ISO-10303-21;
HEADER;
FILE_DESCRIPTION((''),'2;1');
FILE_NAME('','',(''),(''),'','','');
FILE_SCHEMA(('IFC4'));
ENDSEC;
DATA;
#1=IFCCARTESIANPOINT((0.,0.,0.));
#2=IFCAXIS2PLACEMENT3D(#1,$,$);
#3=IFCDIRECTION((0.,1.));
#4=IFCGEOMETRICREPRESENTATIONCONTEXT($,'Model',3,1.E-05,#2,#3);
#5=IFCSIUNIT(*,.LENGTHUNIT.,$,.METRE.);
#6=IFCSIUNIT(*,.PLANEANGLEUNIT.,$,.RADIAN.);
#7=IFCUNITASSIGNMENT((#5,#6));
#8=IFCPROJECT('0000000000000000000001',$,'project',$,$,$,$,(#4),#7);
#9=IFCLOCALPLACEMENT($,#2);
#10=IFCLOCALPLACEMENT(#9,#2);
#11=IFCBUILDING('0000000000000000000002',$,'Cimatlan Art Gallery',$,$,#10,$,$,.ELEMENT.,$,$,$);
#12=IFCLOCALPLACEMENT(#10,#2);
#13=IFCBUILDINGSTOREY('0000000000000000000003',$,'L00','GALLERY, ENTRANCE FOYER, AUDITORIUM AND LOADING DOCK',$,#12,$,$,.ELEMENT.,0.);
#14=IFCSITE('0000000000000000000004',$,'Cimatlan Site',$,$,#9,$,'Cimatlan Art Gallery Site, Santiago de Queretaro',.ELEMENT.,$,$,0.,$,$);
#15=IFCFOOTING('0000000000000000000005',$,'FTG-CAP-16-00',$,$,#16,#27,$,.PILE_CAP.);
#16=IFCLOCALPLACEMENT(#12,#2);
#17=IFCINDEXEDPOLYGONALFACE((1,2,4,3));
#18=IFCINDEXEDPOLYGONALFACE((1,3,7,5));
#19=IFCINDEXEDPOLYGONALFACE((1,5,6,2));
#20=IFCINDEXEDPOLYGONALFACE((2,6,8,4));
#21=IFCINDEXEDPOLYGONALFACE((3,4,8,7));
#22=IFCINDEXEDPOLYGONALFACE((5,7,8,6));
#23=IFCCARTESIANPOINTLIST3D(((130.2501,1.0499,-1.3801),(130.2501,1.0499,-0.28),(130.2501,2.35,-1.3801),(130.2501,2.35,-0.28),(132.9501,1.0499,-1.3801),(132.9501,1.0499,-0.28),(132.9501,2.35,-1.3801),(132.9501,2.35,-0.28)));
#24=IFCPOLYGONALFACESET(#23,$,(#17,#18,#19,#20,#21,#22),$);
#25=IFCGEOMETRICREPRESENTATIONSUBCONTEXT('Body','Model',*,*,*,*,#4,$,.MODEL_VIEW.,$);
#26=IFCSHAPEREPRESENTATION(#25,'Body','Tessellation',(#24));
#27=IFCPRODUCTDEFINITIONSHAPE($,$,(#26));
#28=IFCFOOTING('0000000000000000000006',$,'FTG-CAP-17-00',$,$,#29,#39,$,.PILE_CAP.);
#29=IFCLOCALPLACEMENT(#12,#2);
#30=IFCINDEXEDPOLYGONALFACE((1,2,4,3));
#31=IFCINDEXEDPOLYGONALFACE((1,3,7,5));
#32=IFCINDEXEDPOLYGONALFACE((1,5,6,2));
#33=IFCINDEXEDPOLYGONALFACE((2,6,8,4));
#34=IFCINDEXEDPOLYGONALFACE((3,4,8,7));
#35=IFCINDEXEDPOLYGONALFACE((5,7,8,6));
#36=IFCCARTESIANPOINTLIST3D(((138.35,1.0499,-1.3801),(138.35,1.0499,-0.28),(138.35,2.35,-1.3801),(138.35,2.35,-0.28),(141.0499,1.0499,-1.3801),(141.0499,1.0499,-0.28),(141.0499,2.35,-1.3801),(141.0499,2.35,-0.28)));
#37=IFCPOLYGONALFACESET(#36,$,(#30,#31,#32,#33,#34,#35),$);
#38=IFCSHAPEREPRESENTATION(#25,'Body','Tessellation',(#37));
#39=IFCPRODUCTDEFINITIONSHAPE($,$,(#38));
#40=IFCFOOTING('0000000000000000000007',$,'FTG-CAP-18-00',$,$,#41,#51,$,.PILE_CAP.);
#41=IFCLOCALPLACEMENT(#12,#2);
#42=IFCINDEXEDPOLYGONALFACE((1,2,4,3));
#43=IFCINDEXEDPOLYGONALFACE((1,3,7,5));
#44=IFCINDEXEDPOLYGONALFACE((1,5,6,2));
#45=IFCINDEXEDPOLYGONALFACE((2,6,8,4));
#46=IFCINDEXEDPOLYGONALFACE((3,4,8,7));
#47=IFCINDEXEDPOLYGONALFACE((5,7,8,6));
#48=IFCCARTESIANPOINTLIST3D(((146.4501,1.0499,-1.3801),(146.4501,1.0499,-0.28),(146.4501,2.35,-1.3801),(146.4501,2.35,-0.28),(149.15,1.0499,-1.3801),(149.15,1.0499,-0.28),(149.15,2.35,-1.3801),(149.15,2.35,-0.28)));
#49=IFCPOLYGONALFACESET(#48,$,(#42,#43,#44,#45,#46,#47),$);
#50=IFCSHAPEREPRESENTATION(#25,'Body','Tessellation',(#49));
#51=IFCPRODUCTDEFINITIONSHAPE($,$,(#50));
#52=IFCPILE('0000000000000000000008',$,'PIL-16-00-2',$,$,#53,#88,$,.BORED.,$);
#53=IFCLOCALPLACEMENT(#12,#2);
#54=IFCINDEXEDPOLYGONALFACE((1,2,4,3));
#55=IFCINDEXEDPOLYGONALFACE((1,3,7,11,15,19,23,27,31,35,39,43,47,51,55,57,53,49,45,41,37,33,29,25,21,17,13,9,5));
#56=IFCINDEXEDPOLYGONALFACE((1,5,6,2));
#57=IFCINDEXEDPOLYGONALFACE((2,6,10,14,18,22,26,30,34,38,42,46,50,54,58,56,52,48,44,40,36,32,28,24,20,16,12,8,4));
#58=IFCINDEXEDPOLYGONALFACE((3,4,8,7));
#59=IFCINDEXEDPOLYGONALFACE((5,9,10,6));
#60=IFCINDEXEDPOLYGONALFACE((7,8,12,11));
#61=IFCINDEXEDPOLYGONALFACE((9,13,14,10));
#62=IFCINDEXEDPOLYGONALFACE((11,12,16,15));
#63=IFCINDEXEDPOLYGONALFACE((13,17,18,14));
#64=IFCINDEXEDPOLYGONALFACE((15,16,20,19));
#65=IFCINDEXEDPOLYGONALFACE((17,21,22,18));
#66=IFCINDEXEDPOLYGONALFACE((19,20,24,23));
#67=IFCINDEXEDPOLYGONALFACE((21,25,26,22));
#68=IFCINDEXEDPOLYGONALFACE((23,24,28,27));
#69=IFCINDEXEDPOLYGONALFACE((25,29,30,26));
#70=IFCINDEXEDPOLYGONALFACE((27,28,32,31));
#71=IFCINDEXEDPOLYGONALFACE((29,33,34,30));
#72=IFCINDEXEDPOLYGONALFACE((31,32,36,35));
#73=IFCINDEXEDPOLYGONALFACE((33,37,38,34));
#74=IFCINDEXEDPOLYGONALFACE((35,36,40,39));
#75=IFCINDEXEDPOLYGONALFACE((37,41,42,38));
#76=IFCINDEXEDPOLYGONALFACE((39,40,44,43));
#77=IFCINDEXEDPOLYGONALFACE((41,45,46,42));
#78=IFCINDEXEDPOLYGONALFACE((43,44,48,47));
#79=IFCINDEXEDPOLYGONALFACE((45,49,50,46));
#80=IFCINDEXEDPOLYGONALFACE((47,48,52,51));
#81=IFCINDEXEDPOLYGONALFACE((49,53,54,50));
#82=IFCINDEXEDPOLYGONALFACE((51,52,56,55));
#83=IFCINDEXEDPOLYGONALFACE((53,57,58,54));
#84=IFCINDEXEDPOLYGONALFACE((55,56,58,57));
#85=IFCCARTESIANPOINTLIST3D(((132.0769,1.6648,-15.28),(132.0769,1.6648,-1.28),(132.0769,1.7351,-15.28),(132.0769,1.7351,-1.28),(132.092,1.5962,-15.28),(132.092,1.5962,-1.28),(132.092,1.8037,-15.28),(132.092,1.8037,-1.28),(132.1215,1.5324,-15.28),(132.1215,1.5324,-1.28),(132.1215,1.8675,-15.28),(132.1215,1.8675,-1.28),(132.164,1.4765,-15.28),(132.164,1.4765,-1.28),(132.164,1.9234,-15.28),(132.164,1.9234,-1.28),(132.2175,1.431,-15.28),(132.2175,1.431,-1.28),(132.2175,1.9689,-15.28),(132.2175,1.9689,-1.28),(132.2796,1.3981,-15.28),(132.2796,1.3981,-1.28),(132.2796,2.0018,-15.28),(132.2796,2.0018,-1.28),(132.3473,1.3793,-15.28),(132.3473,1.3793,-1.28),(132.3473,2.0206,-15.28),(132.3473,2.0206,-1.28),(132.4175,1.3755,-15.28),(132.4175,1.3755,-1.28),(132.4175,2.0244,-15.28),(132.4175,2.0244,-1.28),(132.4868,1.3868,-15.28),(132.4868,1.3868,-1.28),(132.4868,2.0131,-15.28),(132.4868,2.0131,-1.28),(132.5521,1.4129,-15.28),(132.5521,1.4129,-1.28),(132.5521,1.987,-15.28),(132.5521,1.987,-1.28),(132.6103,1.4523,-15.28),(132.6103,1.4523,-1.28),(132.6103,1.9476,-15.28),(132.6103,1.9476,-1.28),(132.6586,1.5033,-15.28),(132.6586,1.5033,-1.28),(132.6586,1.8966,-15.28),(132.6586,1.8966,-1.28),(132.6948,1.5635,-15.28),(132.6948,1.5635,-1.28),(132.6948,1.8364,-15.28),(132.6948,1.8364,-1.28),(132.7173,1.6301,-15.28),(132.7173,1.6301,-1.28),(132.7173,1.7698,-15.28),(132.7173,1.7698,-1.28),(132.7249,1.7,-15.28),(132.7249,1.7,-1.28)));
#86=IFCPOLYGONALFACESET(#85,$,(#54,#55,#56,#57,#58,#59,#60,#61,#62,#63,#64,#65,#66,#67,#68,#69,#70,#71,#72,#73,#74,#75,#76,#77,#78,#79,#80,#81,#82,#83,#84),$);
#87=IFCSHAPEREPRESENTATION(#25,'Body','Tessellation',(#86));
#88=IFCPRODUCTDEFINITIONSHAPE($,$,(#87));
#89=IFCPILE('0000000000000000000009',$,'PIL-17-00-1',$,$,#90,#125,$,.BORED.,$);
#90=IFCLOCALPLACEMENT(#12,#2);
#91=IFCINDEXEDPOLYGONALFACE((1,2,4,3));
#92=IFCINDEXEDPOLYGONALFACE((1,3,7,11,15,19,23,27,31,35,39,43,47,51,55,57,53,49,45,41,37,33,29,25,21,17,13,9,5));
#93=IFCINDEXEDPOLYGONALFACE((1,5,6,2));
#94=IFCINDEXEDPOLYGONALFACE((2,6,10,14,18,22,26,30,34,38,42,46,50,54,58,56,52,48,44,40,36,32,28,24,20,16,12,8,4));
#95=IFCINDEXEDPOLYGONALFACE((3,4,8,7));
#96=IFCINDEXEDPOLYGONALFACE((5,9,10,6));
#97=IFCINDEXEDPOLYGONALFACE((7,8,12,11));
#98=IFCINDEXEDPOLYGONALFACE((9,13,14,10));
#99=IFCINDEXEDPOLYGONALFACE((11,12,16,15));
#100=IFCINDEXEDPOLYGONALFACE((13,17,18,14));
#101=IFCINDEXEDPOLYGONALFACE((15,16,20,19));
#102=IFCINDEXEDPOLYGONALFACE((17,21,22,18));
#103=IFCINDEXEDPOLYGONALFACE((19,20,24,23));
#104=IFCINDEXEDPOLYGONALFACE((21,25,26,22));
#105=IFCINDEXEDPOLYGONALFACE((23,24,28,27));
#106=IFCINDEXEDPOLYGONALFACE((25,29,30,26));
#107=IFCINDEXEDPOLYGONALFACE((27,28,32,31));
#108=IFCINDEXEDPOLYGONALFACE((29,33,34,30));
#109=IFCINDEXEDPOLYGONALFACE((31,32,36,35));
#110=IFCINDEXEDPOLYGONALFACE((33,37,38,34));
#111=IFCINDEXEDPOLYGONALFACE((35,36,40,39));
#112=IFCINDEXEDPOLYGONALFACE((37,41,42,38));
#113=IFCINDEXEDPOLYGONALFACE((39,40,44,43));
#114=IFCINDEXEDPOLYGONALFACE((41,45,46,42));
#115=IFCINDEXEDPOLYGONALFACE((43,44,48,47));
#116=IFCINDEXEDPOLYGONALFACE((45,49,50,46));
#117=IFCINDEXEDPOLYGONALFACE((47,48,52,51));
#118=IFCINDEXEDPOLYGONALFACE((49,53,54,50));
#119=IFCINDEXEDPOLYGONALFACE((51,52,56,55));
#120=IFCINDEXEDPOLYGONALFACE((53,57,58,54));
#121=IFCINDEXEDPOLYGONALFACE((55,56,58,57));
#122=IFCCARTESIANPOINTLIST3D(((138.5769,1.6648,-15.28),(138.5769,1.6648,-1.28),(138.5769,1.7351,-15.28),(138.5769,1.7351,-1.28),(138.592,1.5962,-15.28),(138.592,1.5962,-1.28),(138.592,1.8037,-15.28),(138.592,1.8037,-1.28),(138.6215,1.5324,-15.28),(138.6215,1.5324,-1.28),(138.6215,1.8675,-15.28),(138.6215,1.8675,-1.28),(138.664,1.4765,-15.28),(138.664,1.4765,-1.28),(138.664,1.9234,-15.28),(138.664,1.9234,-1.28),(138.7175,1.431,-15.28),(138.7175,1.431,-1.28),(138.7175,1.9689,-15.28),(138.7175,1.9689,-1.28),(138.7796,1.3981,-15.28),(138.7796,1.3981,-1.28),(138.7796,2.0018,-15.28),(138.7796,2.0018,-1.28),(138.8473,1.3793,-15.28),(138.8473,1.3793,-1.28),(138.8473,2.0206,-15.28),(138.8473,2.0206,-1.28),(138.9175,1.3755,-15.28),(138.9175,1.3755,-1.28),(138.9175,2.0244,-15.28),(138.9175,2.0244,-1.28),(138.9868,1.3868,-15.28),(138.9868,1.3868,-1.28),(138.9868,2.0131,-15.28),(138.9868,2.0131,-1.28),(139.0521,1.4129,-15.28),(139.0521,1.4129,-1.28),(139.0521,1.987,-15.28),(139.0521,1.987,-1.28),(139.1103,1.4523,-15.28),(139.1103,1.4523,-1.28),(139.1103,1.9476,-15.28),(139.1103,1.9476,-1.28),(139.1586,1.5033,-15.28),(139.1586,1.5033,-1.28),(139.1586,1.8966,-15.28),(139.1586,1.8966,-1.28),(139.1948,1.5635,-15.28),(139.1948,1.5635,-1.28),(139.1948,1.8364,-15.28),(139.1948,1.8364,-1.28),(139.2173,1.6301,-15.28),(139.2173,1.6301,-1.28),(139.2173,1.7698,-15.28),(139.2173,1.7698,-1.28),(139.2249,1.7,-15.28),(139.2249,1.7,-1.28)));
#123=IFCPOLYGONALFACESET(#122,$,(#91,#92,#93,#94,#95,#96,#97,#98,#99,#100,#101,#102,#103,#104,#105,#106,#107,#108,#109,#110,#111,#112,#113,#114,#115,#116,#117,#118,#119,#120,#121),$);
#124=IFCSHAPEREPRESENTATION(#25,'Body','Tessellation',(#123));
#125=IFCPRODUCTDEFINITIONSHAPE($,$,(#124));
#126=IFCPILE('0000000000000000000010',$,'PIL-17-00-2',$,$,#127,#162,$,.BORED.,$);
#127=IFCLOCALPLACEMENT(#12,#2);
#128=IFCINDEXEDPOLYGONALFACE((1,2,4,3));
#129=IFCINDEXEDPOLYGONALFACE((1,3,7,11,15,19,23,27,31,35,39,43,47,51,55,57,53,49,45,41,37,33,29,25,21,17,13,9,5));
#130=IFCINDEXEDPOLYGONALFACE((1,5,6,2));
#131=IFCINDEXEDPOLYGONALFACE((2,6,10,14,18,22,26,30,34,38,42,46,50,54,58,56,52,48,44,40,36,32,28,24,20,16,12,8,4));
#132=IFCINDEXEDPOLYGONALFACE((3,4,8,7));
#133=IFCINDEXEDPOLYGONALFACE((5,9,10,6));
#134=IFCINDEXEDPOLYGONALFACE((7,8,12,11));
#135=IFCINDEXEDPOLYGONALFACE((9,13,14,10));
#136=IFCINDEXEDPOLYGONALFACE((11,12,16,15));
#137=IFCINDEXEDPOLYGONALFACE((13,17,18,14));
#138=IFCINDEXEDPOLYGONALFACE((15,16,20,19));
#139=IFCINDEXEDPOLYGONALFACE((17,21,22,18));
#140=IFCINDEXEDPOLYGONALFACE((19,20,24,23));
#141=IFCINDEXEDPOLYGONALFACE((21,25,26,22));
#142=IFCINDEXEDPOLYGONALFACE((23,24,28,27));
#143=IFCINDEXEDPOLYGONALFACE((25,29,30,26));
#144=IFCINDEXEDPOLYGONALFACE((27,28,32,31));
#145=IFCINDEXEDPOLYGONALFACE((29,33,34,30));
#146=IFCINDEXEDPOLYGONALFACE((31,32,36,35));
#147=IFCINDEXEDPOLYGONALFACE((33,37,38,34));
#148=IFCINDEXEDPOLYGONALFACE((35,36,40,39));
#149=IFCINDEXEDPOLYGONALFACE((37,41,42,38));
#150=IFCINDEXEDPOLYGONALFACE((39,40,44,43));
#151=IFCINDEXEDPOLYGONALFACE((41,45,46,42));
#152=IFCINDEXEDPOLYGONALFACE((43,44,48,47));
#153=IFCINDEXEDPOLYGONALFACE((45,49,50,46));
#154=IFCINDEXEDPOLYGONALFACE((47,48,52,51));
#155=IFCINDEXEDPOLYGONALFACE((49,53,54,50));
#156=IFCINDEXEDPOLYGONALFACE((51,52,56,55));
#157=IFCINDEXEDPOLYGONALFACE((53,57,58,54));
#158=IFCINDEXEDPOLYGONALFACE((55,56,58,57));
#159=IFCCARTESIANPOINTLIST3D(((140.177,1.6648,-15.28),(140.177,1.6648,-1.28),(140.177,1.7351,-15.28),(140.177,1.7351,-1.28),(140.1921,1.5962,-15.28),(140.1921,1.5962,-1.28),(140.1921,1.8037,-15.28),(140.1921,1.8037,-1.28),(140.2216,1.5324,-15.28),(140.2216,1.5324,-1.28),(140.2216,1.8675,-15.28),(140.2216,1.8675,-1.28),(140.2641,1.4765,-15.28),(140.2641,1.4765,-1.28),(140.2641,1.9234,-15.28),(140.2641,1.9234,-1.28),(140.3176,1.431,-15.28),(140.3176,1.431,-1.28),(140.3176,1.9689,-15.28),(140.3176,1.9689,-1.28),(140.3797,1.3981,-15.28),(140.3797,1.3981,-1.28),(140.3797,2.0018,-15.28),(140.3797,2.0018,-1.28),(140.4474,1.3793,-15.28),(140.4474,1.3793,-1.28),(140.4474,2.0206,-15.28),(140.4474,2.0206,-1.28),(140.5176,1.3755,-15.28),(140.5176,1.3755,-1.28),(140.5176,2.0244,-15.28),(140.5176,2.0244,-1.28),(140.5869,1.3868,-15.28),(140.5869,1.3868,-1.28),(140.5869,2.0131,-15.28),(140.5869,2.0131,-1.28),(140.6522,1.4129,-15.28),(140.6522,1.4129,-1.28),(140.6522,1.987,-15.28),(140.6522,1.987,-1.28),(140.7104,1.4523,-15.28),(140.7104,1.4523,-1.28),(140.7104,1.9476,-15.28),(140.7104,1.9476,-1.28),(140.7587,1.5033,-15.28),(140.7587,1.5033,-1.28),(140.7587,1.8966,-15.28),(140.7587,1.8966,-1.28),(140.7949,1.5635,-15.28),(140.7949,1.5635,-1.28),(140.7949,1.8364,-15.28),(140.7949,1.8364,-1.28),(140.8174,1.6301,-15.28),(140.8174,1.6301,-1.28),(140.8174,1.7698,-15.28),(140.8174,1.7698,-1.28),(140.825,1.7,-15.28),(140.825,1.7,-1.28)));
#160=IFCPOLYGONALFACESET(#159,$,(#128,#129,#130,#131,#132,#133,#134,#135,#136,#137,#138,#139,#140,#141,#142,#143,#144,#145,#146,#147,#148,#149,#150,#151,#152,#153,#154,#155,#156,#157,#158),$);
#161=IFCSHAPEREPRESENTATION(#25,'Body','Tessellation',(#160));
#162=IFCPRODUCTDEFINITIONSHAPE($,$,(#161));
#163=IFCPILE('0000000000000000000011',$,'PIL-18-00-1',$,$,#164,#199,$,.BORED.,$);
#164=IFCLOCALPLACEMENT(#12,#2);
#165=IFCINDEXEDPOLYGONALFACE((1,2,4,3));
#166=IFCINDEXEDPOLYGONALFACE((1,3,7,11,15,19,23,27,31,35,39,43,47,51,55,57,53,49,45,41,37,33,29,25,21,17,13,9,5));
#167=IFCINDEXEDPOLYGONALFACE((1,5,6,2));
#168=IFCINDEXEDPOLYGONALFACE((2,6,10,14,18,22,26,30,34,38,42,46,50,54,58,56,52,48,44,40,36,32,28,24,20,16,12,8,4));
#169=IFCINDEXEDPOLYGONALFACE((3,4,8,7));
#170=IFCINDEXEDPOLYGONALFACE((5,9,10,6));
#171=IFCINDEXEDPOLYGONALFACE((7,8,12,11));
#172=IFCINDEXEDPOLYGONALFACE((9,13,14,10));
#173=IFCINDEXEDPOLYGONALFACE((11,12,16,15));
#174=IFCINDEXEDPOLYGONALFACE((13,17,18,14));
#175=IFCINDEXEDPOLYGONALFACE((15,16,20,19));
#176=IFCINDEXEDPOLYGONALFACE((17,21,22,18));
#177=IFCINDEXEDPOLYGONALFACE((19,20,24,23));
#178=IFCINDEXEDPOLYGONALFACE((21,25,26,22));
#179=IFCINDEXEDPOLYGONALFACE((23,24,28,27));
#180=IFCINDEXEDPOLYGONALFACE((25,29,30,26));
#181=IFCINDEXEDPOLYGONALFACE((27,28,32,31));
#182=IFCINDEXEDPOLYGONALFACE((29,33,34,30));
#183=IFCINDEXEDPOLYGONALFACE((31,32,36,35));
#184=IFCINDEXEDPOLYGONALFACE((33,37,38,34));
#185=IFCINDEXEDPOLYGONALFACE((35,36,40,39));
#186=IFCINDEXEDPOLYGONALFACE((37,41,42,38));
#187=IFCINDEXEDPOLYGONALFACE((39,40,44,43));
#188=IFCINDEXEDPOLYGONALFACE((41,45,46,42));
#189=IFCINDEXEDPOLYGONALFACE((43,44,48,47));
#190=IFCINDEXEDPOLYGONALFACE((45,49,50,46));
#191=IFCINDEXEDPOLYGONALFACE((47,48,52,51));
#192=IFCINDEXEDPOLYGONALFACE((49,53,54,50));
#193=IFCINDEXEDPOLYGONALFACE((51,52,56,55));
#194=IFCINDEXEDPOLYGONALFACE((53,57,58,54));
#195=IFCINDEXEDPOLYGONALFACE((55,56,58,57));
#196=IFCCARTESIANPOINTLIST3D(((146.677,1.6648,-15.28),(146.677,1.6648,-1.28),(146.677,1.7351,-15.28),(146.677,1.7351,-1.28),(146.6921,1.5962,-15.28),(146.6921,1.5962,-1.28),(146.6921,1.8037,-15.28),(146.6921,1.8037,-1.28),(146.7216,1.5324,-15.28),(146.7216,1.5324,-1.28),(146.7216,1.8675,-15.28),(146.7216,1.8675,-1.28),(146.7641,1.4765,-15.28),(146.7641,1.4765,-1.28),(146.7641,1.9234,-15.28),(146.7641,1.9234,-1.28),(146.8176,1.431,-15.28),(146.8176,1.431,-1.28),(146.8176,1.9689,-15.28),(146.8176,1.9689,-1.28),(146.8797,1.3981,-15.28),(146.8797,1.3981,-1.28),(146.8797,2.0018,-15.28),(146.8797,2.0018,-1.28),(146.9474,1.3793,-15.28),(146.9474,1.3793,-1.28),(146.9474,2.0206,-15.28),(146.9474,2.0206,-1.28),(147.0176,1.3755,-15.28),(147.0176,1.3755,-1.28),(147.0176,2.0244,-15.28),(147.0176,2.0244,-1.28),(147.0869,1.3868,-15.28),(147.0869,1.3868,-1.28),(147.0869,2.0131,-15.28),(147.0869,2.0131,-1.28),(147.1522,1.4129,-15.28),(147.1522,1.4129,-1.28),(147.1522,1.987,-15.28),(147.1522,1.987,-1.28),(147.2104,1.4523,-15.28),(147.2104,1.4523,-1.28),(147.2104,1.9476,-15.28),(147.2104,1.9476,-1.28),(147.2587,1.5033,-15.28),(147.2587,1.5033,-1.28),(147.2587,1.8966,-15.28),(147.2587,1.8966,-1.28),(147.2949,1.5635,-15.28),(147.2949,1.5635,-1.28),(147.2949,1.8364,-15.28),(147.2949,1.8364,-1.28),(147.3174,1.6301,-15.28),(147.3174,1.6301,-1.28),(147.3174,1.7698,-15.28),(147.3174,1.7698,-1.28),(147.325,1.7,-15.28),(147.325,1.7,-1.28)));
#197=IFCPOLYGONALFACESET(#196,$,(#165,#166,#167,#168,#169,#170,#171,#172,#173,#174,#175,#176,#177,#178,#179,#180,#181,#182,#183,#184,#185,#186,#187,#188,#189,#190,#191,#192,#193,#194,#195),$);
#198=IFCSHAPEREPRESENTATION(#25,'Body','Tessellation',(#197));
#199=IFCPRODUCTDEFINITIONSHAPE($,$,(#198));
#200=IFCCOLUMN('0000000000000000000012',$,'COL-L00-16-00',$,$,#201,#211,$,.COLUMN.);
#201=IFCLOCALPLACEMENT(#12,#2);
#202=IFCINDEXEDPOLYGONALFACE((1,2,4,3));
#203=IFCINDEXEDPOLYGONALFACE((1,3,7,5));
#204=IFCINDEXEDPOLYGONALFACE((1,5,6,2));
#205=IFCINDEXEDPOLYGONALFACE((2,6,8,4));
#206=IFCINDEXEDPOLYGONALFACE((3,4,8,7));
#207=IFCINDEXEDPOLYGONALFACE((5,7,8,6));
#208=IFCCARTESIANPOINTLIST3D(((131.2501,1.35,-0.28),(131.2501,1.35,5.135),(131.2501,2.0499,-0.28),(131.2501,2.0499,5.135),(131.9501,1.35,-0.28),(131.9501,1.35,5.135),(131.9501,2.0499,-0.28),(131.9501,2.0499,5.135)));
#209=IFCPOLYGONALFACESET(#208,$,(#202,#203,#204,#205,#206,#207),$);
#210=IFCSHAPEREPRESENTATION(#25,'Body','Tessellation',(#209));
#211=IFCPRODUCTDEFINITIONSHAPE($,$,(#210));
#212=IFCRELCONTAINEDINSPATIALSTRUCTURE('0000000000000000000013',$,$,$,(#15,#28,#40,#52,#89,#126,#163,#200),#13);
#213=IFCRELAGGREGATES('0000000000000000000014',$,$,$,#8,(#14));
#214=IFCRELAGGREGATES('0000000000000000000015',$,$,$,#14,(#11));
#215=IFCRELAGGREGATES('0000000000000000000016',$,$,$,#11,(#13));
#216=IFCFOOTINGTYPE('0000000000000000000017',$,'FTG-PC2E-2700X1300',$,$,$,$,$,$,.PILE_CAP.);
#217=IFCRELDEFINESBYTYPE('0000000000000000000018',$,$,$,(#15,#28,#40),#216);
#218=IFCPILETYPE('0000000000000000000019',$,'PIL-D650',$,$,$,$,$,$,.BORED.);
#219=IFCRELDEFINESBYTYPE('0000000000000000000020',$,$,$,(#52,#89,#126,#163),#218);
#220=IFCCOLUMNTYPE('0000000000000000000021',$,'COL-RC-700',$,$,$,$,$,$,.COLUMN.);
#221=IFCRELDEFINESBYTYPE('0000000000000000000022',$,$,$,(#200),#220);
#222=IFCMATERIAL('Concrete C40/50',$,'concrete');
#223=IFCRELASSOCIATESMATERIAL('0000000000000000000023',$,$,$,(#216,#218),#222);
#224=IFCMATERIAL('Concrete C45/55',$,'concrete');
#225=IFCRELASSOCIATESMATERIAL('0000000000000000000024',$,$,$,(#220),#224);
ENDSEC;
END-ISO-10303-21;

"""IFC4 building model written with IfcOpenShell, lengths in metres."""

from ifc_helpers import new_model, si_unit, direction, frame, origin, origin_2d, place, context, subcontext, project, spatial, rectangle, circle, extrude, material, material_profile, profile_set, type_object, element, save


model = new_model("IFC4")

# Units and contexts
model_context = context("Model", 3, precision=1e-05, world=origin(), true_north=direction((0.0, 1.0)))
body_context = subcontext(model_context, "Body", "Model", "MODEL_VIEW")
ifc_project = project(units=[si_unit("LENGTHUNIT", "METRE"), si_unit("PLANEANGLEUNIT", "RADIAN")], contexts=[model_context])

# Site, building, storey
site_placement = place(None, origin())
site = spatial("IfcSite", under=ifc_project, at=site_placement, Name="Cimatlan Site", LongName="Cimatlan Art Gallery Site, Santiago de Queretaro", CompositionType="ELEMENT", RefElevation=0.0)
building_placement = place(site_placement, origin())
building = spatial("IfcBuilding", under=site, at=building_placement, Name="Cimatlan Art Gallery", CompositionType="ELEMENT")
storey_placement = place(building_placement, origin())
storey = spatial("IfcBuildingStorey", under=building, at=storey_placement, Name="L00", Description="GALLERY, ENTRANCE FOYER, AUDITORIUM AND LOADING DOCK", CompositionType="ELEMENT", Elevation=0.0)

# Footings
ifc_material_1 = material(Name="Concrete C40/50", Category="concrete")
footing_type = type_object("IfcFootingType", Name="FTG-PC2E-2700X1300", PredefinedType="PILE_CAP", material=ifc_material_1)
for number, where, z_axis, x_axis, name in (
    (1, (131.6001, 1.7, -1.3801), (0.0, 0.0, 1.0), (1.0, 0.0, 0.0), "FTG-CAP-16-00"),
    (2, (139.7, 1.7, -1.3801), (0.0, 0.0, 1.0), (1.0, 0.0, 0.0), "FTG-CAP-17-00"),
    (3, (147.8, 1.7, -1.3801), (0.0, 0.0, 1.0), (1.0, 0.0, 0.0), "FTG-CAP-18-00"),
):
    element("IfcFooting", number, at=place(storey_placement, frame(where, z_axis=z_axis, x_axis=x_axis)), inside=storey, type_object=footing_type, Name=name, PredefinedType="PILE_CAP", context=body_context, shape_type="SweptSolid", body=[
        extrude(rectangle(XDim=2.7, YDim=1.3, at=origin_2d()), origin(), (0.0, 0.0, 1.0), 1.1001),
    ])

# Piles
pile_type = type_object("IfcPileType", Name="PIL-D650", PredefinedType="BORED", material=ifc_material_1)
for number, where, z_axis, x_axis, name in (
    (4, (132.3999, 1.7, -1.28), (0.0, 0.0, -1.0), (1.0, 0.0, 0.0), "PIL-16-00-2"),
    (5, (138.8999, 1.7, -1.28), (0.0, 0.0, -1.0), (1.0, 0.0, 0.0), "PIL-17-00-1"),
    (6, (140.5, 1.7, -1.28), (0.0, 0.0, -1.0), (1.0, 0.0, 0.0), "PIL-17-00-2"),
    (7, (147.0, 1.7, -1.28), (0.0, 0.0, -1.0), (1.0, 0.0, 0.0), "PIL-18-00-1"),
):
    element("IfcPile", number, at=place(storey_placement, frame(where, z_axis=z_axis, x_axis=x_axis)), inside=storey, type_object=pile_type, Name=name, PredefinedType="BORED", context=body_context, shape_type="SweptSolid", body=[
        extrude(circle(Radius=0.325, at=origin_2d()), origin(), (0.0, 0.0, 1.0), 14.0),
    ])

# Column
ifc_material_2 = material(Name="Concrete C45/55", Category="concrete")
ifc_material_profile_1 = material_profile(ifc_material_2, rectangle(XDim=0.7, YDim=0.7, at=origin_2d()), Name="RC700X700")
ifc_profile_set_1 = profile_set([ifc_material_profile_1], Name="Concrete C45/55")
column_type = type_object("IfcColumnType", Name="COL-RC-700", PredefinedType="COLUMN", material=ifc_profile_set_1)
for number, where, z_axis, x_axis, name in (
    (8, (131.6001, 1.7, -0.28), (0.0, 0.0, 1.0), (1.0, 0.0, 0.0), "COL-L00-16-00"),
):
    element("IfcColumn", number, at=place(storey_placement, frame(where, z_axis=z_axis, x_axis=x_axis)), inside=storey, type_object=column_type, Name=name, PredefinedType="COLUMN", context=body_context, shape_type="SweptSolid", body=[
        extrude(rectangle(XDim=0.7, YDim=0.7, at=origin_2d()), origin(), (0.0, 0.0, 1.0), 5.415),
    ])

save(model, "model.ifc")
